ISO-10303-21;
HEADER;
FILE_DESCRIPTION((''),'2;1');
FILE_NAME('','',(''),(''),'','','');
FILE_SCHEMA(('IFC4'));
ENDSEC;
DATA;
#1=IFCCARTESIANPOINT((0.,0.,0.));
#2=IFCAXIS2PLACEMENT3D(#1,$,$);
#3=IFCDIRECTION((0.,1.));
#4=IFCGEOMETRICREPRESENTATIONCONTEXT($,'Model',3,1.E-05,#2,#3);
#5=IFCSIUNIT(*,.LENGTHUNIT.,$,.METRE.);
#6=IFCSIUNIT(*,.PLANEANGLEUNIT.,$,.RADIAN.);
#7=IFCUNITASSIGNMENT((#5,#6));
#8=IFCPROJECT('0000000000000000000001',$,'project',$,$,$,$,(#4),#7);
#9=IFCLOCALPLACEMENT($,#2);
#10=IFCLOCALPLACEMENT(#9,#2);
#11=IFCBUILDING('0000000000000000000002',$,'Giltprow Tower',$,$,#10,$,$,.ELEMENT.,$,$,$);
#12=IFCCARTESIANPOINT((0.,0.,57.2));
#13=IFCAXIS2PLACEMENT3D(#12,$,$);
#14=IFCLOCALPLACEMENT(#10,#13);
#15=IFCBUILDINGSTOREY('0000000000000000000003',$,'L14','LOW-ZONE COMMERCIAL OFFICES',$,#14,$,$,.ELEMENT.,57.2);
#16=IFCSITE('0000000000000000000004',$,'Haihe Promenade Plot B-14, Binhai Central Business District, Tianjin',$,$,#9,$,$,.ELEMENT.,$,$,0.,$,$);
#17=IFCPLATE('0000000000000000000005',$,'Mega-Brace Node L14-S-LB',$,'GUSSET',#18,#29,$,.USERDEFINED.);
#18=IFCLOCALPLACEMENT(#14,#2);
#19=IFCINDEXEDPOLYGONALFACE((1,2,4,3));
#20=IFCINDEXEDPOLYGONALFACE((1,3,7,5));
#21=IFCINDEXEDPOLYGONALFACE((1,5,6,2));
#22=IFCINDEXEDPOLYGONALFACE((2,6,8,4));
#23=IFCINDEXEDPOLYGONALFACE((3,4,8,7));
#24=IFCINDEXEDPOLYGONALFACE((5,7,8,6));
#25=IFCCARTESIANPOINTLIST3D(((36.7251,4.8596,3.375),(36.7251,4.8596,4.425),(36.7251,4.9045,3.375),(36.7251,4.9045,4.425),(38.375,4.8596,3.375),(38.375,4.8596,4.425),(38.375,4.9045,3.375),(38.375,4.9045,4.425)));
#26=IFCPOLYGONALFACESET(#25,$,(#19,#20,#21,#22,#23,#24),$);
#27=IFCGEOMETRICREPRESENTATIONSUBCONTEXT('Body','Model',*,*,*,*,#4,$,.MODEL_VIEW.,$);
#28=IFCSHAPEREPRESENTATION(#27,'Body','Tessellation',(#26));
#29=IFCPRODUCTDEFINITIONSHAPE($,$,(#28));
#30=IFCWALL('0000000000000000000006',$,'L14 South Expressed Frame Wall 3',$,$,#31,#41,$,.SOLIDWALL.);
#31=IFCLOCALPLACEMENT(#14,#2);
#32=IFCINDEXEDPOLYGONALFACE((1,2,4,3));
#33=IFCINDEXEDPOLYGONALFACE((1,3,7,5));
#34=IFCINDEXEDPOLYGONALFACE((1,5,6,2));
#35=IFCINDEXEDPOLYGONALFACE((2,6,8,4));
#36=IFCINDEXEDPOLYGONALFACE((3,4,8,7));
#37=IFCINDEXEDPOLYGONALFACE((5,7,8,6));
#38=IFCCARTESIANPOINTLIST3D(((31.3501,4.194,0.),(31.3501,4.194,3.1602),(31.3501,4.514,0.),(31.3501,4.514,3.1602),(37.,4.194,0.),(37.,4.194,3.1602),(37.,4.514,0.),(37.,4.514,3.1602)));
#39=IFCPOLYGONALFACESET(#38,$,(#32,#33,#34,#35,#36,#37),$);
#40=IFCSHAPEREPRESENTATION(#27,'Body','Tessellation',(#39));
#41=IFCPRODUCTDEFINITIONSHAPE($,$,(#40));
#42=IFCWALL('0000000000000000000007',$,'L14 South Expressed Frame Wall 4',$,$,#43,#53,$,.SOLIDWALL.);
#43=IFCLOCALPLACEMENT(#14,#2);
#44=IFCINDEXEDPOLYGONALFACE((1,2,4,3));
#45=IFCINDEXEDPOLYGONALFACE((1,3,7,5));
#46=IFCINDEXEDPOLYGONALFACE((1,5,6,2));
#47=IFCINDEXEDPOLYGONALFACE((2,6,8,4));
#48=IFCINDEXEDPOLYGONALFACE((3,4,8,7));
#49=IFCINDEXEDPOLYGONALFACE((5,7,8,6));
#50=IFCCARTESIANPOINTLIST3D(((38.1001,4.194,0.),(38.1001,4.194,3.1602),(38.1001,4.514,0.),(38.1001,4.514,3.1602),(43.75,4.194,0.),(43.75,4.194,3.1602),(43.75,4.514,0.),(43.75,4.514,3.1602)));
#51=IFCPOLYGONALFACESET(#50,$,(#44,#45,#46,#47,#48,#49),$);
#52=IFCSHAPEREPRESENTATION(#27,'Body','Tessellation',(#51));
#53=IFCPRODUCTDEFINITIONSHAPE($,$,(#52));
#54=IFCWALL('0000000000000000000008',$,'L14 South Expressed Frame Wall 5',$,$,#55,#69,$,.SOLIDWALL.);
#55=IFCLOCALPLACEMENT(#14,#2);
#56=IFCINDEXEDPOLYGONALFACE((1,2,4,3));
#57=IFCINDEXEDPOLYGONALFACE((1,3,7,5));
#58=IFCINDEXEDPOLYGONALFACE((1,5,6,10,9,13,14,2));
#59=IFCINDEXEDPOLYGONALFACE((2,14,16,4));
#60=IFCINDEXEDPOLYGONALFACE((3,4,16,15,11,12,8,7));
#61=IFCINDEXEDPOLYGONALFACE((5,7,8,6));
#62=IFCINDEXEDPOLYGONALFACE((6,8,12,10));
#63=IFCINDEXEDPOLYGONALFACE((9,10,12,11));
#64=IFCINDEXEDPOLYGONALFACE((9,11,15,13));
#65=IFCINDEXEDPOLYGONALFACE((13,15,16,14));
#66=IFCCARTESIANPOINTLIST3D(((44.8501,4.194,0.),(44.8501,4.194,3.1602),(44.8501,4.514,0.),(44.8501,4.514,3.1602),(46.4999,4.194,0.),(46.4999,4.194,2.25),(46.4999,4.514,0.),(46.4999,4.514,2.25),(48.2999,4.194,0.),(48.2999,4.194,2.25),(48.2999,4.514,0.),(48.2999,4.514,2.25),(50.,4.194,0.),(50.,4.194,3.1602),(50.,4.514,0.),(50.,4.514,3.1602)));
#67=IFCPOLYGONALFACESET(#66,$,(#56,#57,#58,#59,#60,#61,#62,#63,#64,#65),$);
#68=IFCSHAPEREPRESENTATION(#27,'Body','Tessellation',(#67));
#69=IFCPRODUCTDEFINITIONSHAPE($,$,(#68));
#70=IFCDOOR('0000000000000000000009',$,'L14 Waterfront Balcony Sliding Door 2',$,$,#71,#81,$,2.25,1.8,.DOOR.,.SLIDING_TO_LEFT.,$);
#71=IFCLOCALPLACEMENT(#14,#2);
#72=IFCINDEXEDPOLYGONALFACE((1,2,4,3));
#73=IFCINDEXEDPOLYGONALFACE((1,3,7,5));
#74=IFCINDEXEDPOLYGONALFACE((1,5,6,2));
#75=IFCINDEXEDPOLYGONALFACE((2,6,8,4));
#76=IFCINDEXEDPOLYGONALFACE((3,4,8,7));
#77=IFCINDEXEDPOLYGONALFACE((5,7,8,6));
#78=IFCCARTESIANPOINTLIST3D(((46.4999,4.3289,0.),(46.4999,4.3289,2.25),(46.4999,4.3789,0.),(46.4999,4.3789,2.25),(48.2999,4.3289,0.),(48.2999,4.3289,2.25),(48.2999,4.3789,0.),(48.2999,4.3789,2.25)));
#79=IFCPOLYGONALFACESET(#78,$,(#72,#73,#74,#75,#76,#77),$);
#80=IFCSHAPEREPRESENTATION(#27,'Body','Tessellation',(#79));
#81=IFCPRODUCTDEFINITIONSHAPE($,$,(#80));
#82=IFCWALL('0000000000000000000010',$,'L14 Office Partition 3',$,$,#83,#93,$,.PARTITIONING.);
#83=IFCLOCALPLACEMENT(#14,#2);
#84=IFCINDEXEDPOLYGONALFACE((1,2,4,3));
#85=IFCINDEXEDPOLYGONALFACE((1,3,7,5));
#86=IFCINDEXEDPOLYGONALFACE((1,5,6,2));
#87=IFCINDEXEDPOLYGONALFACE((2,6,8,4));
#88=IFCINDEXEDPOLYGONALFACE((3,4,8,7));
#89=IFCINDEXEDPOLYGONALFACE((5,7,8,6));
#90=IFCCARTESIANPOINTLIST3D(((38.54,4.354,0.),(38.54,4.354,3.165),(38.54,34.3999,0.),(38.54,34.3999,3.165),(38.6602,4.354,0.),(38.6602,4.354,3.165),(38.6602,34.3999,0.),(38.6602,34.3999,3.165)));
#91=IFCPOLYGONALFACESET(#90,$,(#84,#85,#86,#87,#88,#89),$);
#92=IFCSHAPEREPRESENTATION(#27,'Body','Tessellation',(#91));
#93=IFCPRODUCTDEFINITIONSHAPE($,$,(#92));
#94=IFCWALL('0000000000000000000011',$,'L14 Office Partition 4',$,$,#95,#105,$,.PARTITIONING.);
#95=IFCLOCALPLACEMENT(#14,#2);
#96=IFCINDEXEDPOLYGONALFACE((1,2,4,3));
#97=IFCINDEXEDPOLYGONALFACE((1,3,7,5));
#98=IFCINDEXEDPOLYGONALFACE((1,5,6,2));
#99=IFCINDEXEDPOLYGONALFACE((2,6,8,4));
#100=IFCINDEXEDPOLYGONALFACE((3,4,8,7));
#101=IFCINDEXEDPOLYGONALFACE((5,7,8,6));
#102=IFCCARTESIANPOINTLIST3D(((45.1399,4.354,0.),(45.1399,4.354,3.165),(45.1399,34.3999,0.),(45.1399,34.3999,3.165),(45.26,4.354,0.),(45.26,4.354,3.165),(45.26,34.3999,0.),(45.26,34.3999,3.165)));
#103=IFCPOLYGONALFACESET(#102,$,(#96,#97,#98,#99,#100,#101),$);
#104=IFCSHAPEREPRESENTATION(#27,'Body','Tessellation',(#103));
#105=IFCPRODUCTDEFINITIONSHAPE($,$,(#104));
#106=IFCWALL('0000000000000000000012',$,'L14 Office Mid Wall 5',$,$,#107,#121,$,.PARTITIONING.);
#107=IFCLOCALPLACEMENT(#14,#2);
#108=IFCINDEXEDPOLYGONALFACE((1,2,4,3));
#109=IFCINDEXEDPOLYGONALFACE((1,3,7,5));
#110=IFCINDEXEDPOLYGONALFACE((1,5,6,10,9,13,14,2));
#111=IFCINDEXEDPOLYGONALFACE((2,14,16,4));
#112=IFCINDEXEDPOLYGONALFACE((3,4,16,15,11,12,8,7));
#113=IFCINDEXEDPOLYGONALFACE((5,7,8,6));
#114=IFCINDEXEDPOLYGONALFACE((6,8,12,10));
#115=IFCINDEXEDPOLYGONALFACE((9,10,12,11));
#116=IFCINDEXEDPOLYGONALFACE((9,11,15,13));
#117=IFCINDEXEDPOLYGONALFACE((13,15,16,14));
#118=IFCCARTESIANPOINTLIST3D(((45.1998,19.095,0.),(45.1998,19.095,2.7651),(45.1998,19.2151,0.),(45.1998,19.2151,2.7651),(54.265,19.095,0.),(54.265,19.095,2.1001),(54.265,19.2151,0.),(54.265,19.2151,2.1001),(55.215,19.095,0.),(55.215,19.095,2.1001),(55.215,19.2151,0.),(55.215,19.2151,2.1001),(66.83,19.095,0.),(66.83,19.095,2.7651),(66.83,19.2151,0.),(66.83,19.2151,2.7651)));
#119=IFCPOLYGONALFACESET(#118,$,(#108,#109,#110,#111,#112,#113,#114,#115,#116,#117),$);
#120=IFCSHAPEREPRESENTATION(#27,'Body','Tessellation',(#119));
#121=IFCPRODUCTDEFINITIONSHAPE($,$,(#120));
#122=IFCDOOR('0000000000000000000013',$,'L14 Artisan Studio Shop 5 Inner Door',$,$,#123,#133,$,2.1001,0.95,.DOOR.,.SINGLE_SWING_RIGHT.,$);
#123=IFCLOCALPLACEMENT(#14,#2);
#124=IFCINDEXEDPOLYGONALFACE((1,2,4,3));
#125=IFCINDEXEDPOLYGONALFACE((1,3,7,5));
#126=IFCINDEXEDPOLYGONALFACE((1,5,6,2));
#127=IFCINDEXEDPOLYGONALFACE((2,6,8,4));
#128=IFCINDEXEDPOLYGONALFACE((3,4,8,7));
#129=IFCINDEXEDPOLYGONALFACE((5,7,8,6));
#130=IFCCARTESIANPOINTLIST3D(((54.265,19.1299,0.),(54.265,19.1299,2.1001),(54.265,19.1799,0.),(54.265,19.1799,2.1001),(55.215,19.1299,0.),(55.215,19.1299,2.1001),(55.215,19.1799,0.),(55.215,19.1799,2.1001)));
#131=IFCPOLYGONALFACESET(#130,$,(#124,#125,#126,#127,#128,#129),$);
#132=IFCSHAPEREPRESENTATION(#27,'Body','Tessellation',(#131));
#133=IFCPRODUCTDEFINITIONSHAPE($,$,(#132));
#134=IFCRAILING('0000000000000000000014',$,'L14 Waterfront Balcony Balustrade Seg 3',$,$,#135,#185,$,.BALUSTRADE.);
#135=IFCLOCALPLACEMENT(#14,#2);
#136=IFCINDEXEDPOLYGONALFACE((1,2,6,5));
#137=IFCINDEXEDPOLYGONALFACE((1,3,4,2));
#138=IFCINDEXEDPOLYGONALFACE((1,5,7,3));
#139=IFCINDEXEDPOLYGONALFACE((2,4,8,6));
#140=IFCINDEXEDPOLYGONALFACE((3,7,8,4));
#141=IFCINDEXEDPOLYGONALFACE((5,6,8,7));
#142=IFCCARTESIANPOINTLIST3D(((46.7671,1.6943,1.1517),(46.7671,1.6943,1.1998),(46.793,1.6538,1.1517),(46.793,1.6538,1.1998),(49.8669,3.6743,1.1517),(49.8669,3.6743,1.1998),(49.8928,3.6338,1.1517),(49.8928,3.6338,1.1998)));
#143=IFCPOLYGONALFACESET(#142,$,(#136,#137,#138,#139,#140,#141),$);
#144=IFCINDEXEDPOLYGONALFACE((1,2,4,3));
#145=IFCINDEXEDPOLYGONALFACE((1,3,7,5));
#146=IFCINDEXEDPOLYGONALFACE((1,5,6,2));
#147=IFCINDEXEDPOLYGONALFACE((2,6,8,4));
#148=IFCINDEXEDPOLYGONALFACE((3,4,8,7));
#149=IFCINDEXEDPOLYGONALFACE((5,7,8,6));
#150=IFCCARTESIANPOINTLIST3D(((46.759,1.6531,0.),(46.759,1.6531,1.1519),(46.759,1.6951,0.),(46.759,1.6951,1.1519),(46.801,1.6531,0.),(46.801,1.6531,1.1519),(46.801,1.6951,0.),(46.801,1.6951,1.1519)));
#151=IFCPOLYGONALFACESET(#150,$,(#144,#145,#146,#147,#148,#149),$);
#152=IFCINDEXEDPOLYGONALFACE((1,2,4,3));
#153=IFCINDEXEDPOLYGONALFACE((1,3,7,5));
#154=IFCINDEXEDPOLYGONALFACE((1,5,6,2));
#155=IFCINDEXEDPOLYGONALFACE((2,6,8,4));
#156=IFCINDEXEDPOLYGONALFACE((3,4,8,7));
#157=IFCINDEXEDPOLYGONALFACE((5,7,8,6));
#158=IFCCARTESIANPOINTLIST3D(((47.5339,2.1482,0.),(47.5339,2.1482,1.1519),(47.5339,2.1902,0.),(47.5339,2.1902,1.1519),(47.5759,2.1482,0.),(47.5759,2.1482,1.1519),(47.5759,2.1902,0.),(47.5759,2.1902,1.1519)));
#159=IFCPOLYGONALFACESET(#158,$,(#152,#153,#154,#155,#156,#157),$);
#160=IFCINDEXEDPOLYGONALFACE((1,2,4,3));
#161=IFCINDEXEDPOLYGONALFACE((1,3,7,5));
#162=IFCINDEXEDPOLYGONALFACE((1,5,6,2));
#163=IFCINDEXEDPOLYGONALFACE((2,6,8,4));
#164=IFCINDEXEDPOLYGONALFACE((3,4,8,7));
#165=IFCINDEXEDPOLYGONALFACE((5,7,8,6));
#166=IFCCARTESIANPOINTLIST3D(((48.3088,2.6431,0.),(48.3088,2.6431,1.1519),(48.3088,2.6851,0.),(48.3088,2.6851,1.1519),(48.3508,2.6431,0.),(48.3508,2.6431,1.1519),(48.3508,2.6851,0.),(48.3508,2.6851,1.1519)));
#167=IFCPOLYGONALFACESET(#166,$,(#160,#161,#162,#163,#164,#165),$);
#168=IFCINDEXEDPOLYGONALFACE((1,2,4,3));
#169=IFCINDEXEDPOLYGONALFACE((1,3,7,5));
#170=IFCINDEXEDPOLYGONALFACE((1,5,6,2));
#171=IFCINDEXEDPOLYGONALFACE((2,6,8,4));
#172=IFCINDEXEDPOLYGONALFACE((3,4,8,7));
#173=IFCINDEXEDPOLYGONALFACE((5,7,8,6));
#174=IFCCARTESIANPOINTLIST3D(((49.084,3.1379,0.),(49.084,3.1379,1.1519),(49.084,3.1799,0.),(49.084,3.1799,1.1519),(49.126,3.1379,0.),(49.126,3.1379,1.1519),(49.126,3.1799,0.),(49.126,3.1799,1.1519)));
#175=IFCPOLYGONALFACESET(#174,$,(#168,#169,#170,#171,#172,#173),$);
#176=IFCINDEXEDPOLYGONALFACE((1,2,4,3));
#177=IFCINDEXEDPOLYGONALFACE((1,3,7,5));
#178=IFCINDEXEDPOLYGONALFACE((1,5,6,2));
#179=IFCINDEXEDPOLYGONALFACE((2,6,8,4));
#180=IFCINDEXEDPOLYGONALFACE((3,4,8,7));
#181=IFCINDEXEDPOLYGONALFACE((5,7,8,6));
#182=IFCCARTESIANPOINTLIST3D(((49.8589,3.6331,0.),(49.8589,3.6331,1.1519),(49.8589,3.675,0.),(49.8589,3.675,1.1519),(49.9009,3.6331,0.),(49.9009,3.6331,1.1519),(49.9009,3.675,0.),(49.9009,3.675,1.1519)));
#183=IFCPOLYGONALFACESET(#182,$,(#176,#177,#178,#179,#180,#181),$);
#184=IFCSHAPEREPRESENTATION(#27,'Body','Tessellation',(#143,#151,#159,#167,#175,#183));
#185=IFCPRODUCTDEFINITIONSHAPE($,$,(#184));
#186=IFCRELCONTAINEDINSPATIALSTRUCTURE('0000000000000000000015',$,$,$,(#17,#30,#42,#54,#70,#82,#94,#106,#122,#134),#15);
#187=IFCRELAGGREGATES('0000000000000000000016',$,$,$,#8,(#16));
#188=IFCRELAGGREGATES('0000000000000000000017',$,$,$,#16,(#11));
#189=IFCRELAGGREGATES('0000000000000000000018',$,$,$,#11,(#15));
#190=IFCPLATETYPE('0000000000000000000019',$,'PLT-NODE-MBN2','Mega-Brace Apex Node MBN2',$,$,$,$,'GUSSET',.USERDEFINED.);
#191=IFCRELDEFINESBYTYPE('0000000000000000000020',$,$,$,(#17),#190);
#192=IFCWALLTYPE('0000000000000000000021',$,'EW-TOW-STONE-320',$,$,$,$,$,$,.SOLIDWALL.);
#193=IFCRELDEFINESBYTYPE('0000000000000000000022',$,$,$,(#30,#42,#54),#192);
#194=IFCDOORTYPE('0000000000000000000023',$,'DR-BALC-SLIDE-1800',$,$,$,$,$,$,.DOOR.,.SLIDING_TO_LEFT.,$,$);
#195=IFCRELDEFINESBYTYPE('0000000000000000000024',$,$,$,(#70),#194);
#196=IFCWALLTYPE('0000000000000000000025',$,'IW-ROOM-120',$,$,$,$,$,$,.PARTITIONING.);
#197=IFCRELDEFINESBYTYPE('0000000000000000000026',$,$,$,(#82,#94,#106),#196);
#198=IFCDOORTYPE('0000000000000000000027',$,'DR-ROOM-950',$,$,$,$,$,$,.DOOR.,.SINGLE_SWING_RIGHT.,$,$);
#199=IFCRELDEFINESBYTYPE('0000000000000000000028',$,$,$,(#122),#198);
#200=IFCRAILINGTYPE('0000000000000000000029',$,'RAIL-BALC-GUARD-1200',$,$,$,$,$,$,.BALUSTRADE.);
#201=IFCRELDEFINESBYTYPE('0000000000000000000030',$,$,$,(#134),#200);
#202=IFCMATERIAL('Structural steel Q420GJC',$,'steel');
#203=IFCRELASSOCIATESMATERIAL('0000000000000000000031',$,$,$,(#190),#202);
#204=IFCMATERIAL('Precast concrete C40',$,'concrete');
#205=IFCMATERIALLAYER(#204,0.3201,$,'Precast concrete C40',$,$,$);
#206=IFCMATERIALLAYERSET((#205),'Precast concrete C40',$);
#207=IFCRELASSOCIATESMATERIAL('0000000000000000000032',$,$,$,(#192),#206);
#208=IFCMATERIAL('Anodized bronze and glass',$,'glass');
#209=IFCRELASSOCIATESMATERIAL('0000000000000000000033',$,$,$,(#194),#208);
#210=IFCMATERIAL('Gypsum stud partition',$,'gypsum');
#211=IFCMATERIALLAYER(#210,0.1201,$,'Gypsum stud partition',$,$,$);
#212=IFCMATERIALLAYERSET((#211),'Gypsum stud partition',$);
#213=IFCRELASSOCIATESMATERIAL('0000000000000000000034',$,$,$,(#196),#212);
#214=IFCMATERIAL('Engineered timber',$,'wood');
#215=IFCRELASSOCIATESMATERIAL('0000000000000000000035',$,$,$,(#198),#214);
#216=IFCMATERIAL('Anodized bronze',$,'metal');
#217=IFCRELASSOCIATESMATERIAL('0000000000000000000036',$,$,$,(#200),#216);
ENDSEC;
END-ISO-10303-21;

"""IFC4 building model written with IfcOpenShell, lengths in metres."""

from ifc_helpers import new_model, si_unit, direction, frame, frame_2d, origin, origin_2d, place, context, subcontext, project, spatial, rectangle, extrude, source, transform, mapped, material, layer, layer_set, type_object, element, fill, save


model = new_model("IFC4")

# Units and contexts
model_context = context("Model", 3, precision=1e-05, world=origin(), true_north=direction((0.0, 1.0)))
body_context = subcontext(model_context, "Body", "Model", "MODEL_VIEW")
ifc_project = project(units=[si_unit("LENGTHUNIT", "METRE"), si_unit("PLANEANGLEUNIT", "RADIAN")], contexts=[model_context])

# Site, building, storey
site_placement = place(None, origin())
site = spatial("IfcSite", under=ifc_project, at=site_placement, Name="Haihe Promenade Plot B-14, Binhai Central Business District, Tianjin", CompositionType="ELEMENT", RefElevation=0.0)
building_placement = place(site_placement, origin())
building = spatial("IfcBuilding", under=site, at=building_placement, Name="Giltprow Tower", CompositionType="ELEMENT")
storey_placement = place(building_placement, frame((0.0, 0.0, 57.2)))
storey = spatial("IfcBuildingStorey", under=building, at=storey_placement, Name="L14", Description="LOW-ZONE COMMERCIAL OFFICES", CompositionType="ELEMENT", Elevation=57.2)

# Shared definitions
ifc_material_1 = material(Name="Structural steel Q420GJC", Category="steel")

# Shared definitions
ifc_material_2 = material(Name="Anodized bronze", Category="metal")

# Plate
plate_type_1 = type_object("IfcPlateType", Name="PLT-NODE-MBN2", Description="Mega-Brace Apex Node MBN2", ElementType="GUSSET", PredefinedType="USERDEFINED", material=ifc_material_1)
shared_shape_1 = source(origin(), body_context, "Body", "SweptSolid", [
    extrude(rectangle(XDim=1.6499, YDim=0.0449, at=origin_2d()), origin(), (0.0, 0.0, 1.0), 1.05),
])
plate_placement = place(storey_placement, frame((37.55, 4.8821, 3.375), z_axis=(0.0, 0.0, 1.0), x_axis=(1.0, 0.0, 0.0)))
element("IfcPlate", 1, at=plate_placement, inside=storey, type_object=plate_type_1, Name="Mega-Brace Node L14-S-LB", ObjectType="GUSSET", PredefinedType="USERDEFINED", context=body_context, shape_type="MappedRepresentation", body=[
    mapped(shared_shape_1, transform((0.0, 0.0, 0.0), x_axis=(1.0, 0.0, 0.0), y_axis=(0.0, 1.0, 0.0), z_axis=(0.0, 0.0, 1.0), scale=1.0)),
])

# Walls
ifc_material_3 = material(Name="Precast concrete C40", Category="concrete")
ifc_layer_1 = layer(ifc_material_3, 0.3201, Name="Precast concrete C40")
ifc_layer_set_1 = layer_set([ifc_layer_1], Name="Precast concrete C40")
wall_type_1 = type_object("IfcWallType", Name="EW-TOW-STONE-320", PredefinedType="SOLIDWALL", material=ifc_layer_set_1)
for number, where, z_axis, x_axis, name in (
    (2, (31.3501, 4.354, 0.0), (0.0, 0.0, 1.0), (1.0, 0.0, 0.0), "L14 South Expressed Frame Wall 3"),
    (3, (38.1001, 4.354, 0.0), (0.0, 0.0, 1.0), (1.0, 0.0, 0.0), "L14 South Expressed Frame Wall 4"),
):
    element("IfcWall", number, at=place(storey_placement, frame(where, z_axis=z_axis, x_axis=x_axis)), inside=storey, type_object=wall_type_1, Name=name, PredefinedType="SOLIDWALL", context=body_context, shape_type="SweptSolid", body=[
        extrude(rectangle(XDim=5.6499, YDim=0.3201, at=frame_2d((2.825, 0.0))), origin(), (0.0, 0.0, 1.0), 3.1602),
    ])

# Wall, opening, door
wall_1_placement = place(storey_placement, frame((44.8501, 4.354, 0.0), z_axis=(0.0, 0.0, 1.0), x_axis=(1.0, 0.0, 0.0)))
wall_1 = element("IfcWall", 4, at=wall_1_placement, inside=storey, type_object=wall_type_1, Name="L14 South Expressed Frame Wall 5", PredefinedType="SOLIDWALL", context=body_context, shape_type="SweptSolid", body=[
    extrude(rectangle(XDim=5.1499, YDim=0.3201, at=frame_2d((2.575, 0.0))), origin(), (0.0, 0.0, 1.0), 3.1602),
])
opening_1_placement = place(wall_1_placement, frame((1.6499, 0.0, 0.0)))
opening_1 = element("IfcOpeningElement", 5, at=opening_1_placement, cuts=wall_1, PredefinedType="OPENING", context=body_context, shape_type="SweptSolid", body=[
    extrude(rectangle(XDim=1.8, YDim=2.25, at=frame_2d((0.8999, 1.125))), frame((0.0, 0.1699, 0.0), z_axis=(0.0, -1.0, 0.0), x_axis=(1.0, 0.0, 0.0)), (0.0, 0.0, 1.0), 0.3401),
])
ifc_material_4 = material(Name="Anodized bronze and glass", Category="glass")
door_type_1 = type_object("IfcDoorType", Name="DR-BALC-SLIDE-1800", OperationType="SLIDING_TO_LEFT", PredefinedType="DOOR", material=ifc_material_4)
shared_shape_2 = source(origin(), body_context, "Body", "SweptSolid", [
    extrude(rectangle(XDim=1.8, YDim=2.25, at=frame_2d((0.8999, 1.125))), frame((0.0, 0.0249, 0.0), z_axis=(0.0, -1.0, 0.0), x_axis=(1.0, 0.0, 0.0)), (0.0, 0.0, 1.0), 0.05),
])
door_1_placement = place(opening_1_placement, origin())
door_1 = element("IfcDoor", 6, at=door_1_placement, inside=storey, type_object=door_type_1, Name="L14 Waterfront Balcony Sliding Door 2", OperationType="SLIDING_TO_LEFT", OverallHeight=2.25, OverallWidth=1.8, PredefinedType="DOOR", context=body_context, shape_type="MappedRepresentation", body=[
    mapped(shared_shape_2, transform((0.0, 0.0, 0.0), x_axis=(1.0, 0.0, 0.0), y_axis=(0.0, 1.0, 0.0), z_axis=(0.0, 0.0, 1.0), scale=1.0)),
])
fill(opening_1, door_1)

# Walls
ifc_material_5 = material(Name="Gypsum stud partition", Category="gypsum")
ifc_layer_2 = layer(ifc_material_5, 0.1201, Name="Gypsum stud partition")
ifc_layer_set_2 = layer_set([ifc_layer_2], Name="Gypsum stud partition")
wall_type_2 = type_object("IfcWallType", Name="IW-ROOM-120", PredefinedType="PARTITIONING", material=ifc_layer_set_2)
for number, where, z_axis, x_axis, name in (
    (7, (38.6001, 4.354, 0.0), (0.0, 0.0, 1.0), (0.0, 1.0, 0.0), "L14 Office Partition 3"),
    (8, (45.2, 4.354, 0.0), (0.0, 0.0, 1.0), (0.0, 1.0, 0.0), "L14 Office Partition 4"),
):
    element("IfcWall", number, at=place(storey_placement, frame(where, z_axis=z_axis, x_axis=x_axis)), inside=storey, type_object=wall_type_2, Name=name, PredefinedType="PARTITIONING", context=body_context, shape_type="SweptSolid", body=[
        extrude(rectangle(XDim=30.0459, YDim=0.1201, at=frame_2d((15.0229, 0.0))), origin(), (0.0, 0.0, 1.0), 3.165),
    ])

# Wall, opening, door
wall_2_placement = place(storey_placement, frame((45.2, 19.155, 0.0), z_axis=(0.0, 0.0, 1.0), x_axis=(1.0, 0.0, 0.0)))
wall_2 = element("IfcWall", 9, at=wall_2_placement, inside=storey, type_object=wall_type_2, Name="L14 Office Mid Wall 5", PredefinedType="PARTITIONING", context=body_context, shape_type="SweptSolid", body=[
    extrude(rectangle(XDim=21.6301, YDim=0.1201, at=frame_2d((10.8149, 0.0))), origin(), (0.0, 0.0, 1.0), 2.7651),
])
opening_2_placement = place(wall_2_placement, frame((9.0649, 0.0, 0.0)))
opening_2 = element("IfcOpeningElement", 10, at=opening_2_placement, cuts=wall_2, PredefinedType="OPENING", context=body_context, shape_type="SweptSolid", body=[
    extrude(rectangle(XDim=0.95, YDim=2.1001, at=frame_2d((0.4751, 1.05))), frame((0.0, 0.0701, 0.0), z_axis=(0.0, -1.0, 0.0), x_axis=(1.0, 0.0, 0.0)), (0.0, 0.0, 1.0), 0.1401),
])
ifc_material_6 = material(Name="Engineered timber", Category="wood")
door_type_2 = type_object("IfcDoorType", Name="DR-ROOM-950", OperationType="SINGLE_SWING_RIGHT", PredefinedType="DOOR", material=ifc_material_6)
shared_shape_3 = source(origin(), body_context, "Body", "SweptSolid", [
    extrude(rectangle(XDim=0.95, YDim=2.1001, at=frame_2d((0.4751, 1.05))), frame((0.0, 0.0249, 0.0), z_axis=(0.0, -1.0, 0.0), x_axis=(1.0, 0.0, 0.0)), (0.0, 0.0, 1.0), 0.05),
])
door_2_placement = place(opening_2_placement, origin())
door_2 = element("IfcDoor", 11, at=door_2_placement, inside=storey, type_object=door_type_2, Name="L14 Artisan Studio Shop 5 Inner Door", OperationType="SINGLE_SWING_RIGHT", OverallHeight=2.1001, OverallWidth=0.95, PredefinedType="DOOR", context=body_context, shape_type="MappedRepresentation", body=[
    mapped(shared_shape_3, transform((0.0, 0.0, 0.0), x_axis=(1.0, 0.0, 0.0), y_axis=(0.0, 1.0, 0.0), z_axis=(0.0, 0.0, 1.0), scale=1.0)),
])
fill(opening_2, door_2)

# Railing
railing_type = type_object("IfcRailingType", Name="RAIL-BALC-GUARD-1200", PredefinedType="BALUSTRADE", material=ifc_material_2)
railing_1_placement = place(storey_placement, frame((46.78, 1.6741, 0.0)))
element("IfcRailing", 12, at=railing_1_placement, inside=storey, type_object=railing_type, Name="L14 Waterfront Balcony Balustrade Seg 3", PredefinedType="BALUSTRADE", context=body_context, shape_type="SweptSolid", body=[
    extrude(rectangle(XDim=0.0481, YDim=0.0481, at=origin_2d()), frame((0.0, 0.0, 1.1758), z_axis=(0.842756, 0.538296, 0.0), x_axis=(-0.538296, 0.842756, 0.0)), (0.0, 0.0, 1.0), 3.6782),
    extrude(rectangle(XDim=0.042, YDim=0.042, at=origin_2d()), origin(), (0.0, 0.0, 1.0), 1.1519),
    extrude(rectangle(XDim=0.042, YDim=0.042, at=origin_2d()), frame((0.7749, 0.4951, 0.0)), (0.0, 0.0, 1.0), 1.1519),
    extrude(rectangle(XDim=0.042, YDim=0.042, at=origin_2d()), frame((1.5498, 0.99, 0.0)), (0.0, 0.0, 1.0), 1.1519),
    extrude(rectangle(XDim=0.042, YDim=0.042, at=origin_2d()), frame((2.325, 1.4849, 0.0)), (0.0, 0.0, 1.0), 1.1519),
    extrude(rectangle(XDim=0.042, YDim=0.042, at=origin_2d()), frame((3.0999, 1.98, 0.0)), (0.0, 0.0, 1.0), 1.1519),
])

save(model, "model.ifc")
